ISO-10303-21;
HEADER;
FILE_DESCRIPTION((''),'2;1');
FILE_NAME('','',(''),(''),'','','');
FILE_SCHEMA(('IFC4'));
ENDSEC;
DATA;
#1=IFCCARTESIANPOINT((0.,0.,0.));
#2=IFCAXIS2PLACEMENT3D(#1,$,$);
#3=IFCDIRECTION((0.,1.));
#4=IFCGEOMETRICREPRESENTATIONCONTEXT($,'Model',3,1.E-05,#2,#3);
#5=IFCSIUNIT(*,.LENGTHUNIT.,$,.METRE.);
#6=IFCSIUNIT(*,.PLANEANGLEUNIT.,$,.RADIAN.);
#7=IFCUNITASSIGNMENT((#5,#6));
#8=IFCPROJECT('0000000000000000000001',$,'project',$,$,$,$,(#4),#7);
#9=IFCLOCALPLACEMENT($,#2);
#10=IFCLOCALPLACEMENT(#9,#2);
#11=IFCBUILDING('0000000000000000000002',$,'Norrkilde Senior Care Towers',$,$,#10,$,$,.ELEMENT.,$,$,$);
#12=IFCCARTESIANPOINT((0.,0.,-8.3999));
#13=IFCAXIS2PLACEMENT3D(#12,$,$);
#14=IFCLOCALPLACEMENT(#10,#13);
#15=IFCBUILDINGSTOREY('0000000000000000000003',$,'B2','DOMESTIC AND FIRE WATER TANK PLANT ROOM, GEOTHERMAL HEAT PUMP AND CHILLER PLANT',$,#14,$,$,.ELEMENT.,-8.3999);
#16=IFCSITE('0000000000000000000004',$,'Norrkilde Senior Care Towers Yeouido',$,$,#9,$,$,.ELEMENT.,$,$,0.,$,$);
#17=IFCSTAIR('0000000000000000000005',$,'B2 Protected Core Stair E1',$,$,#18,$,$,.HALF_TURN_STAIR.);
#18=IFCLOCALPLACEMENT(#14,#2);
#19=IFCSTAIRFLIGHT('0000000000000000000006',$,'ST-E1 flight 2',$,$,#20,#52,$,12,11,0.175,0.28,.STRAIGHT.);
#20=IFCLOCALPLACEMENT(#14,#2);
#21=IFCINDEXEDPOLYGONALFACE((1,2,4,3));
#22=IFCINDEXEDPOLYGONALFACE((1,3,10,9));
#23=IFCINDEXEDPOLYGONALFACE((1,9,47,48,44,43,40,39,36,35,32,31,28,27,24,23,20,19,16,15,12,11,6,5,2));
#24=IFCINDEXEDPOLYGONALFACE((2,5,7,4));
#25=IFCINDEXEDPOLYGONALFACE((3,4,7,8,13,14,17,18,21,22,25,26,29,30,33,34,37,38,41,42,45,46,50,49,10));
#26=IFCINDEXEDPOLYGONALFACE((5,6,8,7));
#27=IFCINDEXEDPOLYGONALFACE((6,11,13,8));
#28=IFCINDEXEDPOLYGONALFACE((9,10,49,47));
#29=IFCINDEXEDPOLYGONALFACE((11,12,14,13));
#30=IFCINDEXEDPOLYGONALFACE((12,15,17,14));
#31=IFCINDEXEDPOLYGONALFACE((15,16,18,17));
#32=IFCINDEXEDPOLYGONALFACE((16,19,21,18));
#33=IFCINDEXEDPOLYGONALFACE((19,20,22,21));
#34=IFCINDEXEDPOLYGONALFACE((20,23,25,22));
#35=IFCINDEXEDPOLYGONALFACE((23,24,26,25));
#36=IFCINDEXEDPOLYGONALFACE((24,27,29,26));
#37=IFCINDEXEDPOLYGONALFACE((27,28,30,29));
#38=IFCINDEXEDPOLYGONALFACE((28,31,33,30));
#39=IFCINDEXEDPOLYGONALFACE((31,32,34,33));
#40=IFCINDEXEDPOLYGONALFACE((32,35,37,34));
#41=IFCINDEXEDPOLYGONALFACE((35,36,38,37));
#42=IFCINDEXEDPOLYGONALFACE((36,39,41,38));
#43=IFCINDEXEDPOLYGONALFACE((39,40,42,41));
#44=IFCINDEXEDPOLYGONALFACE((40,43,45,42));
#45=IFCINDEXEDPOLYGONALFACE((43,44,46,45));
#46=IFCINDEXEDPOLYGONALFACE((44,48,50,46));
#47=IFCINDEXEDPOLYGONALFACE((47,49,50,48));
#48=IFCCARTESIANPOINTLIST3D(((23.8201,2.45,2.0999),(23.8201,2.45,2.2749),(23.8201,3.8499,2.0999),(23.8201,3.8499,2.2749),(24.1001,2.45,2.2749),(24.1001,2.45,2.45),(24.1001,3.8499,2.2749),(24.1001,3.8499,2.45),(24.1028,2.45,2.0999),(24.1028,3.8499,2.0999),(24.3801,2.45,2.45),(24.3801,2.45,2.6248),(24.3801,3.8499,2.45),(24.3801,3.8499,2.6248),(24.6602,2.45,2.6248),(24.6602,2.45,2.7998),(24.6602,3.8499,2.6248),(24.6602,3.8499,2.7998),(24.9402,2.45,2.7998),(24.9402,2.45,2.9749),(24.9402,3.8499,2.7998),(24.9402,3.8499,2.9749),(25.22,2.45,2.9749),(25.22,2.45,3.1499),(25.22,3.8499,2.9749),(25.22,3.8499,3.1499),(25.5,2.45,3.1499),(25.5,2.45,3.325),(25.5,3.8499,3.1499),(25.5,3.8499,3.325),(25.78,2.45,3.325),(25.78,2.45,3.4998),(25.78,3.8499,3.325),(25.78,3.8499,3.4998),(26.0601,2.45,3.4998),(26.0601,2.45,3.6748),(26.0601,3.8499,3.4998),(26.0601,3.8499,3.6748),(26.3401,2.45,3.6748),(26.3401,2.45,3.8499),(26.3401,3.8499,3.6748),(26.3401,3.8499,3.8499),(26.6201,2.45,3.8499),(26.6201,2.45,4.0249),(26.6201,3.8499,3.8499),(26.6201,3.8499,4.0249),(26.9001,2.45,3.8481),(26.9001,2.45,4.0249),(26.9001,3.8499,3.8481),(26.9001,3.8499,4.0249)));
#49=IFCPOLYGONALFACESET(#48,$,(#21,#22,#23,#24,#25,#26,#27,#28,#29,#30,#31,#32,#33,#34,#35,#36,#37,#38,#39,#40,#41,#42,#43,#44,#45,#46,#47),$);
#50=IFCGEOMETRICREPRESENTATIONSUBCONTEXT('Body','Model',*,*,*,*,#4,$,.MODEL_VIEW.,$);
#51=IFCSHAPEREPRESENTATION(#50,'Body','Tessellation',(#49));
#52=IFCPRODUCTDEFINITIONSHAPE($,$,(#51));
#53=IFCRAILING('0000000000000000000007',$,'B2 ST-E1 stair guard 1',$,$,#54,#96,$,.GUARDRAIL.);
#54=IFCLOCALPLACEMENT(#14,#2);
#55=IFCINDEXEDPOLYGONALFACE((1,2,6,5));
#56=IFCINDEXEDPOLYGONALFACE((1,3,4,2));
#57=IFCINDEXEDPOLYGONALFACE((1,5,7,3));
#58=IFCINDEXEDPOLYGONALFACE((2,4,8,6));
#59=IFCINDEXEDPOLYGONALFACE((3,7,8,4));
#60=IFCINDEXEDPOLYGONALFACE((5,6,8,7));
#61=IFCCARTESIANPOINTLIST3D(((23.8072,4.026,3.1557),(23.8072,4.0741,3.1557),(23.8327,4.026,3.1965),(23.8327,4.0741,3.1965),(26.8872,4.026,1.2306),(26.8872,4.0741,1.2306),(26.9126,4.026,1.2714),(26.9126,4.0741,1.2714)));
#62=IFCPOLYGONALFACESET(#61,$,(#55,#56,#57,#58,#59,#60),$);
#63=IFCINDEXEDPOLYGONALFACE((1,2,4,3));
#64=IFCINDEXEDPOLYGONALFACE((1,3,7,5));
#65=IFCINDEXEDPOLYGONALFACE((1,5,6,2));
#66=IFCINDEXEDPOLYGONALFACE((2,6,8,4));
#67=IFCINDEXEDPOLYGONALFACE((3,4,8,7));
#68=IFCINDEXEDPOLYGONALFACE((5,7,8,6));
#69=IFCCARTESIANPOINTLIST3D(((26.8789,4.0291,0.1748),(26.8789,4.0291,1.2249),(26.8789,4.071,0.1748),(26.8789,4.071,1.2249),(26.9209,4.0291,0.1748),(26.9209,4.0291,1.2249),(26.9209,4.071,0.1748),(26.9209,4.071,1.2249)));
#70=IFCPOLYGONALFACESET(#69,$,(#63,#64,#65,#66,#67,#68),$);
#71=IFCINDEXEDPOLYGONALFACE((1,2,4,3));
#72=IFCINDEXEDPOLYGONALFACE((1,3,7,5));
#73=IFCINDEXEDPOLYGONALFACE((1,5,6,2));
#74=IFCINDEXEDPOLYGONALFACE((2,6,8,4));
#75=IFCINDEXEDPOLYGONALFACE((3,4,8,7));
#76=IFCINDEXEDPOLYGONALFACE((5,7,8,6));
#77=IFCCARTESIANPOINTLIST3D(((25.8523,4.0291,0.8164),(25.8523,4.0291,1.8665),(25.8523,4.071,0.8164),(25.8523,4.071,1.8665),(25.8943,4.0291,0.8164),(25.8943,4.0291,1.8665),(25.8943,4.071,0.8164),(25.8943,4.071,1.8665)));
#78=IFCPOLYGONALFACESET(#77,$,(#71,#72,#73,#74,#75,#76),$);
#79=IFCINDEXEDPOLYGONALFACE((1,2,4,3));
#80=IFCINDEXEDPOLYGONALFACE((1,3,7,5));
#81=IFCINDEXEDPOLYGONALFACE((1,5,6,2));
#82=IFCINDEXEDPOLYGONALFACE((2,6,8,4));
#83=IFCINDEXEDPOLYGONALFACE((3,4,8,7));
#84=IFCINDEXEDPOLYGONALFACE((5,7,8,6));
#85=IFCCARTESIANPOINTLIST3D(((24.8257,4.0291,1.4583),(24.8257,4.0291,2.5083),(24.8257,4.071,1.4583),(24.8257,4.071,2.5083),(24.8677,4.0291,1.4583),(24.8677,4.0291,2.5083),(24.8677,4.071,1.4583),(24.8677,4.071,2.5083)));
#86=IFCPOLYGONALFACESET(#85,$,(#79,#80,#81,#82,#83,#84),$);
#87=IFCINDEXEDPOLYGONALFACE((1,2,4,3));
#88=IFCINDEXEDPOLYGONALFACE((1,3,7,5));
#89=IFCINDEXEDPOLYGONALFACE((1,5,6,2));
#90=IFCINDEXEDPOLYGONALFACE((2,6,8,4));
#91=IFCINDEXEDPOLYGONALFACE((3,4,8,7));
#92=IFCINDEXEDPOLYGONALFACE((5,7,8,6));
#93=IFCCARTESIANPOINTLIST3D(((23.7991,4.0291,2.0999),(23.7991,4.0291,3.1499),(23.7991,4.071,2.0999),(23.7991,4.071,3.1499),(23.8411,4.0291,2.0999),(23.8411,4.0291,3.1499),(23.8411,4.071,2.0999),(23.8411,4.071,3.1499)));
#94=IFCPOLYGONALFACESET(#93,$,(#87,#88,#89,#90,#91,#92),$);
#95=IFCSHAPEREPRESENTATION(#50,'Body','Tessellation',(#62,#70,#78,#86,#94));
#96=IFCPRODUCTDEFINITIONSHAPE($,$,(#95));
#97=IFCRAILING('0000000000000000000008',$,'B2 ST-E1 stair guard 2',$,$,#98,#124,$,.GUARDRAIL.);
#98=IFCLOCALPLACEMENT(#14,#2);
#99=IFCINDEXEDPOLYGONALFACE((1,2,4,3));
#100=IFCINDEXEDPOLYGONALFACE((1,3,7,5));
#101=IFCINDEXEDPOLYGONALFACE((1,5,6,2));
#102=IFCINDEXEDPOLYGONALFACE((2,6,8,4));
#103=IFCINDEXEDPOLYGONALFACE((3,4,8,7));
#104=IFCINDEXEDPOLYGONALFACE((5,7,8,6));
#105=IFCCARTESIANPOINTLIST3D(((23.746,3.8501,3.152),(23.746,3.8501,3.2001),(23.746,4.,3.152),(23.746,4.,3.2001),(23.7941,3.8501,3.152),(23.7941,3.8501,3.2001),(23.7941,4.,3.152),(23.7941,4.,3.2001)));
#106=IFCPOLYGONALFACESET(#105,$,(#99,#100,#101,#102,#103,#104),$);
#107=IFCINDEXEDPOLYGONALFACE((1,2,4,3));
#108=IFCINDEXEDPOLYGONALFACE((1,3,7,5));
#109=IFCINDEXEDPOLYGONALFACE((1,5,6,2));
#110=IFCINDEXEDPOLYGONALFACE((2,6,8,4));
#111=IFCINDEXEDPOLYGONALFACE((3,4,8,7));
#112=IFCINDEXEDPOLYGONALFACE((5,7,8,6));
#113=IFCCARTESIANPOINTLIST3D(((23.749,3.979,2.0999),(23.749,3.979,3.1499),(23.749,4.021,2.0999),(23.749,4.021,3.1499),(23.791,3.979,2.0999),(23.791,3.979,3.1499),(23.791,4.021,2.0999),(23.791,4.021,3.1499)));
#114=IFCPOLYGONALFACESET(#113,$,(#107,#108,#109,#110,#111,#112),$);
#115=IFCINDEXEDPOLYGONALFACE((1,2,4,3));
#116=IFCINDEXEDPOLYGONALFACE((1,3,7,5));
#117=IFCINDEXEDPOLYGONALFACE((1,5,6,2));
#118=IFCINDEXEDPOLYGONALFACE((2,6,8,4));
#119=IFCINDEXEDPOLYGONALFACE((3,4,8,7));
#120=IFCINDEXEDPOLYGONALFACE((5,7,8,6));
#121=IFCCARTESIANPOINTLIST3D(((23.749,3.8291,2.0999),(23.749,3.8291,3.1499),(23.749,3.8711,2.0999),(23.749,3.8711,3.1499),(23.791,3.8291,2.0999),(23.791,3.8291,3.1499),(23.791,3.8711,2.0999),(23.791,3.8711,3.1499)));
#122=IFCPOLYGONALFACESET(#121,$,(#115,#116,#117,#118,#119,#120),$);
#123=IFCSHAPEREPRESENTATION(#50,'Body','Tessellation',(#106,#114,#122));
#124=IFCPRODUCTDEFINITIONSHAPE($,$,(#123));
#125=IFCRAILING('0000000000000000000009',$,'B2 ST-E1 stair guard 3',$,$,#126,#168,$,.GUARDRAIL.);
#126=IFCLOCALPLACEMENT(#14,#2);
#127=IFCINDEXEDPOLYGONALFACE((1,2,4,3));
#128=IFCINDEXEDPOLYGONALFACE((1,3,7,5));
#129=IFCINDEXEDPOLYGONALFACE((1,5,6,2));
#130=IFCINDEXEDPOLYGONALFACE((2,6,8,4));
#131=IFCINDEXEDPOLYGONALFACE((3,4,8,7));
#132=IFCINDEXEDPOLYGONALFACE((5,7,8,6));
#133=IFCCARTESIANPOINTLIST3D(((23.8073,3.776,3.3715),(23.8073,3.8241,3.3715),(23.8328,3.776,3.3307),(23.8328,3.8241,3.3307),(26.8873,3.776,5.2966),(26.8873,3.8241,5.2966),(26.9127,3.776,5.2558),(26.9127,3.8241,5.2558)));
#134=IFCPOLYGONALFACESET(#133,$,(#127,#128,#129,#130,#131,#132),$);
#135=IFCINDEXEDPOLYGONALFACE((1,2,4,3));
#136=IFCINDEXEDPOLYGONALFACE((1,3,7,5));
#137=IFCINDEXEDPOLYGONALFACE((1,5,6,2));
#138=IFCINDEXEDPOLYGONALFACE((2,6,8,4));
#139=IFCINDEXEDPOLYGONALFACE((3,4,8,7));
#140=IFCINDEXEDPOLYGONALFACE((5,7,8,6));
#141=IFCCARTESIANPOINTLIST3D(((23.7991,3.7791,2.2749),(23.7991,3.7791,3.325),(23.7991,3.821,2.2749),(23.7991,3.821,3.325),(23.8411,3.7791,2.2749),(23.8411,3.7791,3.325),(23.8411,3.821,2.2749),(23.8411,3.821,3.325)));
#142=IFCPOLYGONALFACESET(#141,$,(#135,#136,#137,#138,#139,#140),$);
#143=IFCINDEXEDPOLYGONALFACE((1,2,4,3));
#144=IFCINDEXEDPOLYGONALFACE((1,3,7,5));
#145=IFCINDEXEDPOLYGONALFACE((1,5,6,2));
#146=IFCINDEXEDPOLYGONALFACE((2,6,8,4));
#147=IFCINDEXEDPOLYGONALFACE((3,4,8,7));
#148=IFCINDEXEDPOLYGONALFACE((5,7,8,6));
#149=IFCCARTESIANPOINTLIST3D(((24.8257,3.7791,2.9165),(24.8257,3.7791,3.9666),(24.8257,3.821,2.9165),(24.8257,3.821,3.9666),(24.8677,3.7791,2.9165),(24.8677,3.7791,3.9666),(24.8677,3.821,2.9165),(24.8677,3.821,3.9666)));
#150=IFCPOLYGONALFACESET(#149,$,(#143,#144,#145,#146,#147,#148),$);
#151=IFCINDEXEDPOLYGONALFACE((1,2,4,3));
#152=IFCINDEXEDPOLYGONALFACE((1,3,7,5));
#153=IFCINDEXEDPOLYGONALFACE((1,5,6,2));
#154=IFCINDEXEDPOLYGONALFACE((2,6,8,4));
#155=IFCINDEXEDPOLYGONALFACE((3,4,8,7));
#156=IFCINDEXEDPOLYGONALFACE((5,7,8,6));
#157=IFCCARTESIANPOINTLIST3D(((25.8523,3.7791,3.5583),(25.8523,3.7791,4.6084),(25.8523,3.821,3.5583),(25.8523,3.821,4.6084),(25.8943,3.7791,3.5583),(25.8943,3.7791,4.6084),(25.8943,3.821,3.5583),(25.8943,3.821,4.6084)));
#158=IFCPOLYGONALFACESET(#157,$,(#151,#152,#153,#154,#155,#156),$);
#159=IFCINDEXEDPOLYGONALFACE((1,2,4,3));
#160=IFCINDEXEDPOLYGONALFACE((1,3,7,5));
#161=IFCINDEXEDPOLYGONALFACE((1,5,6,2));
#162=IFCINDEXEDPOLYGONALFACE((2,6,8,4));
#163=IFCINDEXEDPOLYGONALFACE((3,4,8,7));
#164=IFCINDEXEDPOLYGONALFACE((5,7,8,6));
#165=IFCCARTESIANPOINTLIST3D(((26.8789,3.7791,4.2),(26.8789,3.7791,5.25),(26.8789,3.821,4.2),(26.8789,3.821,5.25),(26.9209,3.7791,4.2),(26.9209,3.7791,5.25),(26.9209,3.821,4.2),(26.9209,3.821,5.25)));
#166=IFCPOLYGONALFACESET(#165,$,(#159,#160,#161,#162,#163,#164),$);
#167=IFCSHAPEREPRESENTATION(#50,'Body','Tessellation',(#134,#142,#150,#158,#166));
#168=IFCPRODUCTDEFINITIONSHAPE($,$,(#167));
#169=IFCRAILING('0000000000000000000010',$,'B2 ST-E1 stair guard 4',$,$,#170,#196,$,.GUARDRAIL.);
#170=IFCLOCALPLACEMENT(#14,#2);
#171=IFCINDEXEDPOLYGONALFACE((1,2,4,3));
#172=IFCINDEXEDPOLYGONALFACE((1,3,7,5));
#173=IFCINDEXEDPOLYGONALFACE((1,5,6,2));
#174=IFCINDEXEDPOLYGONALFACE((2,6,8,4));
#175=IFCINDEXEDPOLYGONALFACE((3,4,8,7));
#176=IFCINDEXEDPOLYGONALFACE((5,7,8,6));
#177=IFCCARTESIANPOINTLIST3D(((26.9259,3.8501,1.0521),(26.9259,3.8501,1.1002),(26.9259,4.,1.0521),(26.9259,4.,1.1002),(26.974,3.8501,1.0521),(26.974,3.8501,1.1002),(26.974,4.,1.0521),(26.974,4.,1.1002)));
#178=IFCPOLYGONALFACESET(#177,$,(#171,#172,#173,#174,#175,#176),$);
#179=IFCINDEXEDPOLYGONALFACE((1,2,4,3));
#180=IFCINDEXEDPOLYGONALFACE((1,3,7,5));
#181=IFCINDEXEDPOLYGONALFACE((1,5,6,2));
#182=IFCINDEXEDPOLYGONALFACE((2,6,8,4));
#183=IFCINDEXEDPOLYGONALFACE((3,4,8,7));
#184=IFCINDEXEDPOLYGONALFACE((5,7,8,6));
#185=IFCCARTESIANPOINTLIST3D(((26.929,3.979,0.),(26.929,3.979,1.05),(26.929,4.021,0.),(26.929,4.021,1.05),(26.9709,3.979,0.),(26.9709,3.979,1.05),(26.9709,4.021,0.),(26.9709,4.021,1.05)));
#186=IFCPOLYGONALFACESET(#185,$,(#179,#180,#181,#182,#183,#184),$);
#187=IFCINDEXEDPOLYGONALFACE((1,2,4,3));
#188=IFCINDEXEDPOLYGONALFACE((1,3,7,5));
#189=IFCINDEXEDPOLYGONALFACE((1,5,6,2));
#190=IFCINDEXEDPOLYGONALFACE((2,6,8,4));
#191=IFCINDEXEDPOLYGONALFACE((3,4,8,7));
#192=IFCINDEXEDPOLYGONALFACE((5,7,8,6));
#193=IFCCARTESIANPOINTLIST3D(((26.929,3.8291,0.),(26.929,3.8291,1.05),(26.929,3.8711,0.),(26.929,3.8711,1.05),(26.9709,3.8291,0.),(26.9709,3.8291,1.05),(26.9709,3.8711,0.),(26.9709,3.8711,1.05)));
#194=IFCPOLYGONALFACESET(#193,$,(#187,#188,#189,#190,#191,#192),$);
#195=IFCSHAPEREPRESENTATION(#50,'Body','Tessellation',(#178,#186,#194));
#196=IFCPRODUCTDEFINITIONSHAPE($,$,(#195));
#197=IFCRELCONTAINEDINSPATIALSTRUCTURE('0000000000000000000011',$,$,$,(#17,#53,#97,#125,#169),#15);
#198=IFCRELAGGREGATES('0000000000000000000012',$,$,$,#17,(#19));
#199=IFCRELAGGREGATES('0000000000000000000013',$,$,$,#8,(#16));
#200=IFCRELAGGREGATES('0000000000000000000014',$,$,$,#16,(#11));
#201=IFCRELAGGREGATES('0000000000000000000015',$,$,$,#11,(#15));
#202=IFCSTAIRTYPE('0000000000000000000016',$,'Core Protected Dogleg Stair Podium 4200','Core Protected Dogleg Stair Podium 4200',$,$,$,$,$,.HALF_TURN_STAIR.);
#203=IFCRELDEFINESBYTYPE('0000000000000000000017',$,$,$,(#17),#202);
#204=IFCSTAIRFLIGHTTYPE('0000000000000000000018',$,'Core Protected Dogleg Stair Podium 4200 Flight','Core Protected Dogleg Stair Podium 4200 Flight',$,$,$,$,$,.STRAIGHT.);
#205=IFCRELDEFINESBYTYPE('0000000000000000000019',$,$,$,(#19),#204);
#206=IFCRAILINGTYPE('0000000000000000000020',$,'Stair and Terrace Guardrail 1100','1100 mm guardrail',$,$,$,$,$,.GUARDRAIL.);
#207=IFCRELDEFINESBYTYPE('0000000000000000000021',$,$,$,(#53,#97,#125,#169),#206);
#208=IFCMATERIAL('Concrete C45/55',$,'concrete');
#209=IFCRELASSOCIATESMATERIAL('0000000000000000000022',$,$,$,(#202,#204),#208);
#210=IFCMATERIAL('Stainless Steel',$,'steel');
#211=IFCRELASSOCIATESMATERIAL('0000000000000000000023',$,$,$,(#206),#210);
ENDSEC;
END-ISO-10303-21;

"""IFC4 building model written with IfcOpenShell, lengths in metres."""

from ifc_helpers import new_model, si_unit, direction, frame, origin, origin_2d, place, context, subcontext, project, spatial, polyline, rectangle, outline, extrude, material, type_object, element, aggregate, save


model = new_model("IFC4")

# Units and contexts
model_context = context("Model", 3, precision=1e-05, world=origin(), true_north=direction((0.0, 1.0)))
body_context = subcontext(model_context, "Body", "Model", "MODEL_VIEW")
ifc_project = project(units=[si_unit("LENGTHUNIT", "METRE"), si_unit("PLANEANGLEUNIT", "RADIAN")], contexts=[model_context])

# Site, building, storey
site_placement = place(None, origin())
site = spatial("IfcSite", under=ifc_project, at=site_placement, Name="Norrkilde Senior Care Towers Yeouido", CompositionType="ELEMENT", RefElevation=0.0)
building_placement = place(site_placement, origin())
building = spatial("IfcBuilding", under=site, at=building_placement, Name="Norrkilde Senior Care Towers", CompositionType="ELEMENT")
storey_placement = place(building_placement, frame((0.0, 0.0, -8.3999)))
storey = spatial("IfcBuildingStorey", under=building, at=storey_placement, Name="B2", Description="DOMESTIC AND FIRE WATER TANK PLANT ROOM, GEOTHERMAL HEAT PUMP AND CHILLER PLANT", CompositionType="ELEMENT", Elevation=-8.3999)

# Shared definitions
ifc_material_1 = material(Name="Concrete C45/55", Category="concrete")

# Shared definitions
ifc_material_2 = material(Name="Stainless Steel", Category="steel")

# Stair, stair flight
stair_type = type_object("IfcStairType", Name="Core Protected Dogleg Stair Podium 4200", Description="Core Protected Dogleg Stair Podium 4200", PredefinedType="HALF_TURN_STAIR", material=ifc_material_1)
stair_placement = place(storey_placement, origin())
stair = element("IfcStair", 1, at=stair_placement, inside=storey, type_object=stair_type, Name="B2 Protected Core Stair E1", PredefinedType="HALF_TURN_STAIR")
stair_flight_type = type_object("IfcStairFlightType", Name="Core Protected Dogleg Stair Podium 4200 Flight", Description="Core Protected Dogleg Stair Podium 4200 Flight", PredefinedType="STRAIGHT", material=ifc_material_1)
stair_flight_1_placement = place(storey_placement, frame((23.8201, 3.1499, 2.0999), z_axis=(0.0, 0.0, 1.0), x_axis=(1.0, 0.0, 0.0)))
stair_flight_1 = element("IfcStairFlight", 2, at=stair_flight_1_placement, type_object=stair_flight_type, Name="ST-E1 flight 2", NumberOfRisers=12, NumberOfTreads=11, PredefinedType="STRAIGHT", RiserHeight=0.175, TreadLength=0.28, context=body_context, shape_type="SweptSolid", body=[
    extrude(outline(polyline([(0.0, 0.0), (0.0, 0.175), (0.28, 0.175), (0.28, 0.3501), (0.5601, 0.3501), (0.5601, 0.5249), (0.8401, 0.5249), (0.8401, 0.7), (1.1201, 0.7), (1.1201, 0.875), (1.3999, 0.875), (1.3999, 1.05), (1.6799, 1.05), (1.6799, 1.2251), (1.96, 1.2251), (1.96, 1.3999), (2.24, 1.3999), (2.24, 1.575), (2.52, 1.575), (2.52, 1.75), (2.8, 1.75), (2.8, 1.925), (3.0801, 1.925), (3.0801, 2.1001), (3.0801, 1.7483), (0.2827, 0.0), (0.0, 0.0)])), frame((0.0, 0.7, 0.0), z_axis=(0.0, -1.0, 0.0), x_axis=(1.0, 0.0, 0.0)), (0.0, 0.0, 1.0), 1.3999),
])
aggregate(stair, [stair_flight_1])

# Railings
railing_type_1 = type_object("IfcRailingType", Name="Stair and Terrace Guardrail 1100", Description="1100 mm guardrail", PredefinedType="GUARDRAIL", material=ifc_material_2)
railing_1_placement = place(storey_placement, frame((26.8999, 4.05, 0.1748)))
element("IfcRailing", 3, at=railing_1_placement, inside=storey, type_object=railing_type_1, Name="B2 ST-E1 stair guard 1", PredefinedType="GUARDRAIL", context=body_context, shape_type="SweptSolid", body=[
    extrude(rectangle(XDim=0.0481, YDim=0.0481, at=origin_2d()), frame((0.0, 0.0, 1.0762), z_axis=(-0.847979, 0.0, 0.530029), x_axis=(0.0, -1.0, 0.0)), (0.0, 0.0, 1.0), 3.6321),
    extrude(rectangle(XDim=0.042, YDim=0.042, at=origin_2d()), origin(), (0.0, 0.0, 1.0), 1.05),
    extrude(rectangle(XDim=0.042, YDim=0.042, at=origin_2d()), frame((-1.0266, 0.0, 0.6416)), (0.0, 0.0, 1.0), 1.05),
    extrude(rectangle(XDim=0.042, YDim=0.042, at=origin_2d()), frame((-2.0532, 0.0, 1.2834)), (0.0, 0.0, 1.0), 1.05),
    extrude(rectangle(XDim=0.042, YDim=0.042, at=origin_2d()), frame((-3.0798, 0.0, 1.925)), (0.0, 0.0, 1.0), 1.05),
])
railing_2_placement = place(storey_placement, frame((23.77, 4.0, 2.0999)))
element("IfcRailing", 4, at=railing_2_placement, inside=storey, type_object=railing_type_1, Name="B2 ST-E1 stair guard 2", PredefinedType="GUARDRAIL", context=body_context, shape_type="SweptSolid", body=[
    extrude(rectangle(XDim=0.0481, YDim=0.0481, at=origin_2d()), frame((0.0, 0.0, 1.0762), z_axis=(0.0, -1.0, 0.0), x_axis=(1.0, 0.0, 0.0)), (0.0, 0.0, 1.0), 0.1499),
    extrude(rectangle(XDim=0.042, YDim=0.042, at=origin_2d()), origin(), (0.0, 0.0, 1.0), 1.05),
    extrude(rectangle(XDim=0.042, YDim=0.042, at=origin_2d()), frame((0.0, -0.1499, 0.0)), (0.0, 0.0, 1.0), 1.05),
])
railing_3_placement = place(storey_placement, frame((23.8201, 3.8, 2.2749)))
element("IfcRailing", 5, at=railing_3_placement, inside=storey, type_object=railing_type_1, Name="B2 ST-E1 stair guard 3", PredefinedType="GUARDRAIL", context=body_context, shape_type="SweptSolid", body=[
    extrude(rectangle(XDim=0.0481, YDim=0.0481, at=origin_2d()), frame((0.0, 0.0, 1.0762), z_axis=(0.847979, 0.0, 0.530029), x_axis=(0.0, 1.0, 0.0)), (0.0, 0.0, 1.0), 3.6321),
    extrude(rectangle(XDim=0.042, YDim=0.042, at=origin_2d()), origin(), (0.0, 0.0, 1.0), 1.05),
    extrude(rectangle(XDim=0.042, YDim=0.042, at=origin_2d()), frame((1.0266, 0.0, 0.6416)), (0.0, 0.0, 1.0), 1.05),
    extrude(rectangle(XDim=0.042, YDim=0.042, at=origin_2d()), frame((2.0532, 0.0, 1.2834)), (0.0, 0.0, 1.0), 1.05),
    extrude(rectangle(XDim=0.042, YDim=0.042, at=origin_2d()), frame((3.0798, 0.0, 1.925)), (0.0, 0.0, 1.0), 1.05),
])
railing_4_placement = place(storey_placement, frame((26.95, 4.0, 0.0)))
element("IfcRailing", 6, at=railing_4_placement, inside=storey, type_object=railing_type_1, Name="B2 ST-E1 stair guard 4", PredefinedType="GUARDRAIL", context=body_context, shape_type="SweptSolid", body=[
    extrude(rectangle(XDim=0.0481, YDim=0.0481, at=origin_2d()), frame((0.0, 0.0, 1.0762), z_axis=(0.0, -1.0, 0.0), x_axis=(1.0, 0.0, 0.0)), (0.0, 0.0, 1.0), 0.1499),
    extrude(rectangle(XDim=0.042, YDim=0.042, at=origin_2d()), origin(), (0.0, 0.0, 1.0), 1.05),
    extrude(rectangle(XDim=0.042, YDim=0.042, at=origin_2d()), frame((0.0, -0.1499, 0.0)), (0.0, 0.0, 1.0), 1.05),
])

save(model, "model.ifc")
